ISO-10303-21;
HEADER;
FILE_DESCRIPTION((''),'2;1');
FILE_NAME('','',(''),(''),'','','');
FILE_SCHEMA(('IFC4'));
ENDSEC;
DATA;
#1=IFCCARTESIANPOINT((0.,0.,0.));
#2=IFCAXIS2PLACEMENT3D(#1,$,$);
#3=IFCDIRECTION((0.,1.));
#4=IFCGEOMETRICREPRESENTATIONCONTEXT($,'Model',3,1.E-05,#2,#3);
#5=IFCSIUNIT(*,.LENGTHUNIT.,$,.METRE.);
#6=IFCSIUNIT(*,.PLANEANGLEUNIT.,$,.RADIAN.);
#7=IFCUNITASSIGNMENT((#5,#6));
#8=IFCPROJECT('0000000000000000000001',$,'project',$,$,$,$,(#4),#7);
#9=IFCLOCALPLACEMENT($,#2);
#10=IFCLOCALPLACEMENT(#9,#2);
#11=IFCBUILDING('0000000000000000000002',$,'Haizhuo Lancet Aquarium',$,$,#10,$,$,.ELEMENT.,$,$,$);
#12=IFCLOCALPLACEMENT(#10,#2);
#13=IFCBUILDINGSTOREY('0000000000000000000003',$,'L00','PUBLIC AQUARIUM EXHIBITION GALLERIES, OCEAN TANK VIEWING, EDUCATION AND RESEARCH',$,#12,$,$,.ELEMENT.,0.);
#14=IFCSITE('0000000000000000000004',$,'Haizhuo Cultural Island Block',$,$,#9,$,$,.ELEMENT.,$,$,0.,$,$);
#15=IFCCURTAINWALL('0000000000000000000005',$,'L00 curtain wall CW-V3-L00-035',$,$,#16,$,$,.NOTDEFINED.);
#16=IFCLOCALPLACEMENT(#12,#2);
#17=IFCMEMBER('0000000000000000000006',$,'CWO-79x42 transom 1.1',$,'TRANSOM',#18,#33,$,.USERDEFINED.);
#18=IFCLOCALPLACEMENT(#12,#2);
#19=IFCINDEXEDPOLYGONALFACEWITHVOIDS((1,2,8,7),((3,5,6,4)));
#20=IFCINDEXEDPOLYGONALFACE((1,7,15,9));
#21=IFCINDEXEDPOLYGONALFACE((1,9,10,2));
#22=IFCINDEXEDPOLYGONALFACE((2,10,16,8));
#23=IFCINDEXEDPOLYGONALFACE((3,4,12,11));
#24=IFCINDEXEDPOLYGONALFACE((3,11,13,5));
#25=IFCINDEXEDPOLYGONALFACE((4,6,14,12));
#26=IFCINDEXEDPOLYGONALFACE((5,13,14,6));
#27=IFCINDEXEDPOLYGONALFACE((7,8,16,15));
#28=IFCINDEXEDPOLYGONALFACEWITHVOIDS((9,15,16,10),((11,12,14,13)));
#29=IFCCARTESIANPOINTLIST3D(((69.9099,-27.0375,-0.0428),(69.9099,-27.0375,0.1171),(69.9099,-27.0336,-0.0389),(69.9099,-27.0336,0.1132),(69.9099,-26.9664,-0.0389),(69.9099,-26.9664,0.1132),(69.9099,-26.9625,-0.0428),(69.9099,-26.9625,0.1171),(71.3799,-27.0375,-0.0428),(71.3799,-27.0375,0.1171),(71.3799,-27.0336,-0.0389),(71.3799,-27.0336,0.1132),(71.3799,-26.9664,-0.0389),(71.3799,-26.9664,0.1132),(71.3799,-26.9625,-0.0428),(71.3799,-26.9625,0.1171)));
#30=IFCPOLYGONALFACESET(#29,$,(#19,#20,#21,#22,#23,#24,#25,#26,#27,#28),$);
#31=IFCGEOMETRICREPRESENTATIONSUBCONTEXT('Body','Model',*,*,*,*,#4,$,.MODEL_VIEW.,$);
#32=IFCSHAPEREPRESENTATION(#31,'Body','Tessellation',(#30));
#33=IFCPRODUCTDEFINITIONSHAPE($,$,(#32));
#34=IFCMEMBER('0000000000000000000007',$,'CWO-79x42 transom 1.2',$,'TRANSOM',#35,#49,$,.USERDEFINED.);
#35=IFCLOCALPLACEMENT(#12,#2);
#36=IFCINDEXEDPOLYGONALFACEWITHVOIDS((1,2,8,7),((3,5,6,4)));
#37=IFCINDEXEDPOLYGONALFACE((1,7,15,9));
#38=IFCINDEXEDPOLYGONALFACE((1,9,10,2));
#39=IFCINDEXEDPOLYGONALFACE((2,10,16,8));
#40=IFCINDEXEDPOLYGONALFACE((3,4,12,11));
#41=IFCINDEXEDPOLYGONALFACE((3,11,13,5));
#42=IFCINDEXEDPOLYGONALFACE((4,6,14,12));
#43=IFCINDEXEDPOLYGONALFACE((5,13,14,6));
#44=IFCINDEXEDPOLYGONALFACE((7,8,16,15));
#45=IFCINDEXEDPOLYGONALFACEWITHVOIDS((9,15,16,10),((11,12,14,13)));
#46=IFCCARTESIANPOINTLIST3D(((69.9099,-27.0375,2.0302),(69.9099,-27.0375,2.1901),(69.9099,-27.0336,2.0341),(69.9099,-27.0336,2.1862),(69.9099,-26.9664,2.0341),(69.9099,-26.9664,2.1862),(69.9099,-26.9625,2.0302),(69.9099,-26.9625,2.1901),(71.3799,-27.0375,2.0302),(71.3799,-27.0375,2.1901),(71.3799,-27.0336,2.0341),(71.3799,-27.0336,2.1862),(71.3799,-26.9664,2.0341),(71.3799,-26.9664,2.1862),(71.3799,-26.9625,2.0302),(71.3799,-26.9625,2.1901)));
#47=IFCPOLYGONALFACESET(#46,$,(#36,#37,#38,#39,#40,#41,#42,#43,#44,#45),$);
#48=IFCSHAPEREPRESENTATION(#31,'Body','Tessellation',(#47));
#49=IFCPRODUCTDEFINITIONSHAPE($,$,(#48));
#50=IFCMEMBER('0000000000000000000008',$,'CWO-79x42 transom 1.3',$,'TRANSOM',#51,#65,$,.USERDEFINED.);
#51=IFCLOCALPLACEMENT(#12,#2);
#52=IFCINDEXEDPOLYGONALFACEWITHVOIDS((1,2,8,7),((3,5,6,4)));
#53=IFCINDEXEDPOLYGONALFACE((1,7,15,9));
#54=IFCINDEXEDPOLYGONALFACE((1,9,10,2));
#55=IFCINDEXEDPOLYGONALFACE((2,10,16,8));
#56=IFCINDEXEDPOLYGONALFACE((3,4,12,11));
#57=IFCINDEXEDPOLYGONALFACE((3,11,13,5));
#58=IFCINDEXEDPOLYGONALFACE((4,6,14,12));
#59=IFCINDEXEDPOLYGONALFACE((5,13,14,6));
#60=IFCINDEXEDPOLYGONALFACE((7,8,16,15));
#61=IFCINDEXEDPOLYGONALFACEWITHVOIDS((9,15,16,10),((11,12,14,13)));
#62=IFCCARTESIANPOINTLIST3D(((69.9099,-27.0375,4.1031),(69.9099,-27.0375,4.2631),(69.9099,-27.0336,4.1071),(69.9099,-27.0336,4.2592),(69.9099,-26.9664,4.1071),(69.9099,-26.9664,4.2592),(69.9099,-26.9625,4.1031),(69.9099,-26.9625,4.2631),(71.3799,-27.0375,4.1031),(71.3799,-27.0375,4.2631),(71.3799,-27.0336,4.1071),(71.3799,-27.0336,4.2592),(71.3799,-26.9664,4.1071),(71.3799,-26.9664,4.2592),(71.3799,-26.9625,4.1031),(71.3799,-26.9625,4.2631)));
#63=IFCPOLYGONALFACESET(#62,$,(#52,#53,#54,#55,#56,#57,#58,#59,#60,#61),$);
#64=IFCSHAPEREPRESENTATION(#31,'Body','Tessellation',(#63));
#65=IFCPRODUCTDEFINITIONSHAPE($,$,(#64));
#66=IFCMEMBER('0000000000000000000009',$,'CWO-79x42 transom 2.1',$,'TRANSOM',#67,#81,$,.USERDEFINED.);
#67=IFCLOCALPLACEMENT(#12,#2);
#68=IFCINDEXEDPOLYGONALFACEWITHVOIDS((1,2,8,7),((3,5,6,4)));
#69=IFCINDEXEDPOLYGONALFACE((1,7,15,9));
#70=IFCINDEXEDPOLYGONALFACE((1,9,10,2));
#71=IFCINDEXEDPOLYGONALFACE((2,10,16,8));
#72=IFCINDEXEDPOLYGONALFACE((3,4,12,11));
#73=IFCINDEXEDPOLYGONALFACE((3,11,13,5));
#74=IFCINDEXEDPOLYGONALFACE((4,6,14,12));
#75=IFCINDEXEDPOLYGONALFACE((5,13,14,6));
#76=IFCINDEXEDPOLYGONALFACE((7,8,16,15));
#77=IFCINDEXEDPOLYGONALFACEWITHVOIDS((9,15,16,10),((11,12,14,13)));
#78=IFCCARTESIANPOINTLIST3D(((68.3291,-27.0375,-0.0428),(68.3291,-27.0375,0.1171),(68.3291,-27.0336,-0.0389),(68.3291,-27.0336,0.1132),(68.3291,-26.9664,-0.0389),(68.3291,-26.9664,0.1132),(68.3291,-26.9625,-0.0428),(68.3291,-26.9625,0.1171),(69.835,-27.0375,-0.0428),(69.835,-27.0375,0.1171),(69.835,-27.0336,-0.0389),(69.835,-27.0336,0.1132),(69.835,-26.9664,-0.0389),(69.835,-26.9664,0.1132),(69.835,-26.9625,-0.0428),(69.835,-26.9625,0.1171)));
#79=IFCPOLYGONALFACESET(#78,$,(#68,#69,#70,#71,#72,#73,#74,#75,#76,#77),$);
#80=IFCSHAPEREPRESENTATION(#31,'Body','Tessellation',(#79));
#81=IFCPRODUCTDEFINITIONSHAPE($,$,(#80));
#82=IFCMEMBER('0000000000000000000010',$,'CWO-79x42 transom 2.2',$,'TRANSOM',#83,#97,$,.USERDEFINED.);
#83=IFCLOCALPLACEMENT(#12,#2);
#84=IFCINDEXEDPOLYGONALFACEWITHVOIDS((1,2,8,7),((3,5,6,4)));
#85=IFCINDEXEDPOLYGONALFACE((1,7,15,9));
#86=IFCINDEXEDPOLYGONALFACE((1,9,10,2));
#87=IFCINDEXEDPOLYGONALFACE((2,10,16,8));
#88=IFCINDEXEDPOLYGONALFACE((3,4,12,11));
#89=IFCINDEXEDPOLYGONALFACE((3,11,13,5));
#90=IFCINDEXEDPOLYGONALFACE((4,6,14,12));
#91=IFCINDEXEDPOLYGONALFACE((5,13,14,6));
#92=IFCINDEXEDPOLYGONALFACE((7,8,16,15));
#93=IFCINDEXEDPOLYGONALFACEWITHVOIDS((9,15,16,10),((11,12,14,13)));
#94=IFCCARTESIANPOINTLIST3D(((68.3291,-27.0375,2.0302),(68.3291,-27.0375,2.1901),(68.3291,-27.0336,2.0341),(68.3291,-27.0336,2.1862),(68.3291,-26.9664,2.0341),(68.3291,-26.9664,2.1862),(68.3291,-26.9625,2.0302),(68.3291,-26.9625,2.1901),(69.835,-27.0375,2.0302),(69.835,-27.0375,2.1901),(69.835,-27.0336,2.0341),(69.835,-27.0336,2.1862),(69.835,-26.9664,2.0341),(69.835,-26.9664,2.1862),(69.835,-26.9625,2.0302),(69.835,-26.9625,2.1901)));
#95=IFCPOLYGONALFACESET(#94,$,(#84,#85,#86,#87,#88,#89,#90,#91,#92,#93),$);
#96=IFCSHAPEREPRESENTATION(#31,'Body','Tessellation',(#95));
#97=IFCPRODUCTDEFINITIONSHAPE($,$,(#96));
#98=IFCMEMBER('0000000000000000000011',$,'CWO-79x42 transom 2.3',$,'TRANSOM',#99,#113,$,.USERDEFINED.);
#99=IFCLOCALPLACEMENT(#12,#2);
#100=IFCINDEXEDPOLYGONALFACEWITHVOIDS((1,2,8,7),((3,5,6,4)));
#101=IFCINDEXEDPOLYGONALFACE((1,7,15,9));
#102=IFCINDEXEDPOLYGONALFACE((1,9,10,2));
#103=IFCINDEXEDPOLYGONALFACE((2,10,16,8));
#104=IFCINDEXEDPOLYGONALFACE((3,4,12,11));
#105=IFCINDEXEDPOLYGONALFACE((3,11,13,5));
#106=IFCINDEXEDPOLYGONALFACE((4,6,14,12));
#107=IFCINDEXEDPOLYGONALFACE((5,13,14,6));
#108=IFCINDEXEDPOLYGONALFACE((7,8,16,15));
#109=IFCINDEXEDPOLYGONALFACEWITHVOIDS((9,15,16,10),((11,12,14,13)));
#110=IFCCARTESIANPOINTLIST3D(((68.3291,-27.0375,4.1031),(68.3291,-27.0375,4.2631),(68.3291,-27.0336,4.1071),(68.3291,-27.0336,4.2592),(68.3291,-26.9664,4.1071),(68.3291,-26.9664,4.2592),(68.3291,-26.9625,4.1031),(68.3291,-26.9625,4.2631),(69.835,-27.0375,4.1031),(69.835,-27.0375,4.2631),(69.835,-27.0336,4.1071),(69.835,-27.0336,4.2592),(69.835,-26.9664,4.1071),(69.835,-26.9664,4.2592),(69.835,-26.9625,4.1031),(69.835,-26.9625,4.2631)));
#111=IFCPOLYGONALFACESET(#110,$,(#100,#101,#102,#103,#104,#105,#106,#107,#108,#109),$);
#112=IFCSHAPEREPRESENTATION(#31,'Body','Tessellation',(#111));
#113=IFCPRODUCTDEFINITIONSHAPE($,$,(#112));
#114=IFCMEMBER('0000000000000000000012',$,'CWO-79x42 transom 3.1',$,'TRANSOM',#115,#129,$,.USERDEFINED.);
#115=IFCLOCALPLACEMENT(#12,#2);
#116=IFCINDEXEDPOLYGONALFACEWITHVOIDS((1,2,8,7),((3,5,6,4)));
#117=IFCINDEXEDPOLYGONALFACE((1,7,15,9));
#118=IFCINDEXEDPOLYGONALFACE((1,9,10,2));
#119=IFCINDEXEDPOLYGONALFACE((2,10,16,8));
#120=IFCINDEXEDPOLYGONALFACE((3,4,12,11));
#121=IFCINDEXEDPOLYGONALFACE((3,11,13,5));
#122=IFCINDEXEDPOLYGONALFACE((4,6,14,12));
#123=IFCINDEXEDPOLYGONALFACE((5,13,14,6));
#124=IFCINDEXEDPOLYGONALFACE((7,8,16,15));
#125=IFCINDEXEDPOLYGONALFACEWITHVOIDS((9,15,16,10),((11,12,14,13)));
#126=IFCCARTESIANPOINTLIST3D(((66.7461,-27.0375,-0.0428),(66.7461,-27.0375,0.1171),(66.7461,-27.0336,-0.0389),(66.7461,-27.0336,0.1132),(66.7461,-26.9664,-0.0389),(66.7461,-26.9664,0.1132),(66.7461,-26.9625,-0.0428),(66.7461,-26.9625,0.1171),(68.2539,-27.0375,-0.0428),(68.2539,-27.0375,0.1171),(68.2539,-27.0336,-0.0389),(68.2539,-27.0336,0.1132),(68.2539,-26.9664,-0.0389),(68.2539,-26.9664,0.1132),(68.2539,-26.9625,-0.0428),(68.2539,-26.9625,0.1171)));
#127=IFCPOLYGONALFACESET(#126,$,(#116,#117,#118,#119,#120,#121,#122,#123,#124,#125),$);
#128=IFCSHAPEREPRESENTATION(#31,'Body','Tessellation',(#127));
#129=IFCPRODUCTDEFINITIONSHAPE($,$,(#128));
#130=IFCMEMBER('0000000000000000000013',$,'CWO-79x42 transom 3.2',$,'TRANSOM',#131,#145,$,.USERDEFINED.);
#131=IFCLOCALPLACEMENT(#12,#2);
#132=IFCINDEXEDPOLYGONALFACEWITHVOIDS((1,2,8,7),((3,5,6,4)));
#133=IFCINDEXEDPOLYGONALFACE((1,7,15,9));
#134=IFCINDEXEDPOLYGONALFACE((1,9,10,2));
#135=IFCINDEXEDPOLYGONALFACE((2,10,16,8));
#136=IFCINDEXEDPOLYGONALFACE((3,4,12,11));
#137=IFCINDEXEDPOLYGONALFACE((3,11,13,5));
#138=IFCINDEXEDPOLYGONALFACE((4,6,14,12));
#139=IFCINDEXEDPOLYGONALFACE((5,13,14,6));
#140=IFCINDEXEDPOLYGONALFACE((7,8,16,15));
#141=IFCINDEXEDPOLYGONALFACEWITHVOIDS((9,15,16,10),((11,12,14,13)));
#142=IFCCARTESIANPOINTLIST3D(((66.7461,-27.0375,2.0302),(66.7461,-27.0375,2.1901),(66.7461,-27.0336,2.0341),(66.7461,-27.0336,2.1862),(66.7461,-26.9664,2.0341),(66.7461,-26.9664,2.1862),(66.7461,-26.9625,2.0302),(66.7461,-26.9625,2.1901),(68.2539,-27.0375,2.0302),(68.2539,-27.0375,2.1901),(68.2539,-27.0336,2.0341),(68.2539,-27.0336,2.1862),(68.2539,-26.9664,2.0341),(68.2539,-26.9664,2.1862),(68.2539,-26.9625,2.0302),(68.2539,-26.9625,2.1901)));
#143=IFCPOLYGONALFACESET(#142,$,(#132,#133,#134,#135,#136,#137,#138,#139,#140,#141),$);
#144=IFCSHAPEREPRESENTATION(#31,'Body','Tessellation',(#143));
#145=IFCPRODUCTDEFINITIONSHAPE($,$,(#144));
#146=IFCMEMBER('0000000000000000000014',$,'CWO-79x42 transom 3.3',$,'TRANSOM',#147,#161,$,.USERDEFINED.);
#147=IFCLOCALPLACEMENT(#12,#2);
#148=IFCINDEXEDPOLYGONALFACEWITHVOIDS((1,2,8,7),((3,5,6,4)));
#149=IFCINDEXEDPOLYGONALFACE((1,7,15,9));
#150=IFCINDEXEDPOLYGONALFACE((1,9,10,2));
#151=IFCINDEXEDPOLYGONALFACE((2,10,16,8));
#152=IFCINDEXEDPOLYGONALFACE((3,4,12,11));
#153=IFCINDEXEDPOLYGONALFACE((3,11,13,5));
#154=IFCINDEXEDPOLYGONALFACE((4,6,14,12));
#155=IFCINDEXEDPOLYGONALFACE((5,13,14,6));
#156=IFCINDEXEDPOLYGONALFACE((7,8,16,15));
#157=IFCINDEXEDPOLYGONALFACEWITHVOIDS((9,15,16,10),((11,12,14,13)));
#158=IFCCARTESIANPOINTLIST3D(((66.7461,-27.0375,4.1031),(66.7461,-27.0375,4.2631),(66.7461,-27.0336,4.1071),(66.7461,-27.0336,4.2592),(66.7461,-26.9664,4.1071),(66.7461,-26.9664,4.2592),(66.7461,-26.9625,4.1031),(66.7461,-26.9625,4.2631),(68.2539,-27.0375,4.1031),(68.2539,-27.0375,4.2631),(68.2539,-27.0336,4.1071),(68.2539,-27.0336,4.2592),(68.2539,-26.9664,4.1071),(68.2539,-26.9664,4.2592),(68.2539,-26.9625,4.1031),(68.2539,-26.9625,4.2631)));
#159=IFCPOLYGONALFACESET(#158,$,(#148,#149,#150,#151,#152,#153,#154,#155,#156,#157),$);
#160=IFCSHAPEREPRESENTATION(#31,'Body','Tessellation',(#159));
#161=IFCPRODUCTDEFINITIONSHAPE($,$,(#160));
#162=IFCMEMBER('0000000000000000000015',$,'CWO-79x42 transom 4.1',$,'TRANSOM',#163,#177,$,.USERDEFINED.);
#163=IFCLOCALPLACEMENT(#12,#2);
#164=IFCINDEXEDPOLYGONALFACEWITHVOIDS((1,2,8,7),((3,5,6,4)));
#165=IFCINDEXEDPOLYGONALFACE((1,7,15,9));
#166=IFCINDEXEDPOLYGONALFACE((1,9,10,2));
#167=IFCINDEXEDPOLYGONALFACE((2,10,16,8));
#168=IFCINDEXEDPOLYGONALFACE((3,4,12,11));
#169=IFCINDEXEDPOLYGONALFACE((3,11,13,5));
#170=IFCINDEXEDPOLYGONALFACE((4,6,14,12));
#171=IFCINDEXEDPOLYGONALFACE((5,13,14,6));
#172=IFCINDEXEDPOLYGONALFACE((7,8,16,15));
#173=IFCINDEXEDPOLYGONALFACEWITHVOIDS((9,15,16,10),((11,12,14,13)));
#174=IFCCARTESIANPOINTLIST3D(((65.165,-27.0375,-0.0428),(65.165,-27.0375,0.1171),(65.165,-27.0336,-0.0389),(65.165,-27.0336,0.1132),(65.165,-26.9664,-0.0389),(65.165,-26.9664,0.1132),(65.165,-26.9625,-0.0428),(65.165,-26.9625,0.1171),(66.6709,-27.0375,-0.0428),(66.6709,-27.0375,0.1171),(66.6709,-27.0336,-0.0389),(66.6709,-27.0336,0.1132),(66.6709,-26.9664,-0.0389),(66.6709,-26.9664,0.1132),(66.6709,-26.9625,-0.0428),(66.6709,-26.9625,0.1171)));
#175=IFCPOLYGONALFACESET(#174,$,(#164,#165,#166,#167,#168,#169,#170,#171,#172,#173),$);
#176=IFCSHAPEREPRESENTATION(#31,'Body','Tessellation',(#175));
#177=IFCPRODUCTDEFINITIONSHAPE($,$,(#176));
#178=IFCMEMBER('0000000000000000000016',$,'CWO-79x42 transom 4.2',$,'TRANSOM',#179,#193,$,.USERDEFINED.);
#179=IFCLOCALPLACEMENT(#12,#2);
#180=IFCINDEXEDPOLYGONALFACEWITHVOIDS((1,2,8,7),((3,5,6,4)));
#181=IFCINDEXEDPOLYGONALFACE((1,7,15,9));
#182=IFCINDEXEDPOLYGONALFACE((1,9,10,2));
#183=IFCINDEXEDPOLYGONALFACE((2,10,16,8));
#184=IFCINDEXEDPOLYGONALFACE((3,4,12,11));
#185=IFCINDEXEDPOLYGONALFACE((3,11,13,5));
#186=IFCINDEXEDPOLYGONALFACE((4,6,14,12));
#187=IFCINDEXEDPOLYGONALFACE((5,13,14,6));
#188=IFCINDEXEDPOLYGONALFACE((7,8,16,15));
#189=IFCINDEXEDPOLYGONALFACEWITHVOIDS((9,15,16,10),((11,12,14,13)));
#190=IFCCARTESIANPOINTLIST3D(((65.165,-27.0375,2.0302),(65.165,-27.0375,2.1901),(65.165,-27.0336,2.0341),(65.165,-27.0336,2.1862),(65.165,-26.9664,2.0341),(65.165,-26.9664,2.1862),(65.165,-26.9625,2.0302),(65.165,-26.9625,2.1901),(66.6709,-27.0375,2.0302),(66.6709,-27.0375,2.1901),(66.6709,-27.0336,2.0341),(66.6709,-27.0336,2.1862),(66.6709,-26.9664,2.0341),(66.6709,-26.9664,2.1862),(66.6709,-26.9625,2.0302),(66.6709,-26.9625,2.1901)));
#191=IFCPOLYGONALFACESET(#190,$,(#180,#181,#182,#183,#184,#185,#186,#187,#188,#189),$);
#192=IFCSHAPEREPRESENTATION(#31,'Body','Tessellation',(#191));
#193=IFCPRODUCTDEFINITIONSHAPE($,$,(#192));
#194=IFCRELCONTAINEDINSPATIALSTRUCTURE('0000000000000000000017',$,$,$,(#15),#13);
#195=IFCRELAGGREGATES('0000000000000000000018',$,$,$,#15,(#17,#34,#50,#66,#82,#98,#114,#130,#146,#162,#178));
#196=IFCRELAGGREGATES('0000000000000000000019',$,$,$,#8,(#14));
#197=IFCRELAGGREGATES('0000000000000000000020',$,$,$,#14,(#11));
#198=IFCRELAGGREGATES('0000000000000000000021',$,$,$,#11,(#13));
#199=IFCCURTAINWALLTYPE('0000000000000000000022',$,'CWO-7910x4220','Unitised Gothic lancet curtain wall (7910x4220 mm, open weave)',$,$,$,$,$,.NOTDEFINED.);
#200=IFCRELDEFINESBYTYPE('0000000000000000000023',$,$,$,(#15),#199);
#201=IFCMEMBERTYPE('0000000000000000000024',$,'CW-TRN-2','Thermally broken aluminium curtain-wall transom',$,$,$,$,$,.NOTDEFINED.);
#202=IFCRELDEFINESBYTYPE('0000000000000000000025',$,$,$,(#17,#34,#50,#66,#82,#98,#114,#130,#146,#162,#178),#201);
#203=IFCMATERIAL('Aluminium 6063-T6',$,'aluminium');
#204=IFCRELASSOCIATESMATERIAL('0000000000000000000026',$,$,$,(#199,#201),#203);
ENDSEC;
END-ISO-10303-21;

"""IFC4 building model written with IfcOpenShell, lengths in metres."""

from ifc_helpers import new_model, si_unit, direction, frame, origin, origin_2d, place, context, subcontext, project, spatial, hollow_rectangle, extrude, material, material_profile, profile_set, type_object, element, aggregate, save


model = new_model("IFC4")

# Units and contexts
model_context = context("Model", 3, precision=1e-05, world=origin(), true_north=direction((0.0, 1.0)))
body_context = subcontext(model_context, "Body", "Model", "MODEL_VIEW")
ifc_project = project(units=[si_unit("LENGTHUNIT", "METRE"), si_unit("PLANEANGLEUNIT", "RADIAN")], contexts=[model_context])

# Site, building, storey
site_placement = place(None, origin())
site = spatial("IfcSite", under=ifc_project, at=site_placement, Name="Haizhuo Cultural Island Block", CompositionType="ELEMENT", RefElevation=0.0)
building_placement = place(site_placement, origin())
building = spatial("IfcBuilding", under=site, at=building_placement, Name="Haizhuo Lancet Aquarium", CompositionType="ELEMENT")
storey_placement = place(building_placement, origin())
storey = spatial("IfcBuildingStorey", under=building, at=storey_placement, Name="L00", Description="PUBLIC AQUARIUM EXHIBITION GALLERIES, OCEAN TANK VIEWING, EDUCATION AND RESEARCH", CompositionType="ELEMENT", Elevation=0.0)

# Shared definitions
ifc_material_1 = material(Name="Aluminium 6063-T6", Category="aluminium")

# Curtain wall
curtain_wall_type_1 = type_object("IfcCurtainWallType", Name="CWO-7910x4220", Description="Unitised Gothic lancet curtain wall (7910x4220 mm, open weave)", PredefinedType="NOTDEFINED", material=ifc_material_1)
curtain_wall_1_placement = place(storey_placement, origin())
curtain_wall_1 = element("IfcCurtainWall", 1, at=curtain_wall_1_placement, inside=storey, type_object=curtain_wall_type_1, Name="L00 curtain wall CW-V3-L00-035", PredefinedType="NOTDEFINED")

# Members
ifc_material_profile_1 = material_profile(ifc_material_1, hollow_rectangle(XDim=0.075, YDim=0.1599, WallThickness=0.0039, at=origin_2d()), Name="ALU-T 75x160x4")
ifc_profile_set_1 = profile_set([ifc_material_profile_1], Name="Aluminium 6063-T6")
member_type_1 = type_object("IfcMemberType", Name="CW-TRN-2", Description="Thermally broken aluminium curtain-wall transom", PredefinedType="NOTDEFINED", material=ifc_profile_set_1)
member_1_placement = place(storey_placement, frame((71.3799, -27.0, 0.0371), z_axis=(-1.0, 0.0, 0.0), x_axis=(0.0, -1.0, 0.0)))
member_1 = element("IfcMember", 2, at=member_1_placement, type_object=member_type_1, Name="CWO-79x42 transom 1.1", ObjectType="TRANSOM", PredefinedType="USERDEFINED", context=body_context, shape_type="SweptSolid", body=[
    extrude(hollow_rectangle(XDim=0.075, YDim=0.1599, WallThickness=0.0039, at=origin_2d()), origin(), (0.0, 0.0, 1.0), 1.47),
])
member_2_placement = place(storey_placement, frame((71.3799, -27.0, 2.1101), z_axis=(-1.0, 0.0, 0.0), x_axis=(0.0, -1.0, 0.0)))
member_2 = element("IfcMember", 3, at=member_2_placement, type_object=member_type_1, Name="CWO-79x42 transom 1.2", ObjectType="TRANSOM", PredefinedType="USERDEFINED", context=body_context, shape_type="SweptSolid", body=[
    extrude(hollow_rectangle(XDim=0.075, YDim=0.1599, WallThickness=0.0039, at=origin_2d()), origin(), (0.0, 0.0, 1.0), 1.47),
])
member_3_placement = place(storey_placement, frame((71.3799, -27.0, 4.1831), z_axis=(-1.0, 0.0, 0.0), x_axis=(0.0, -1.0, 0.0)))
member_3 = element("IfcMember", 4, at=member_3_placement, type_object=member_type_1, Name="CWO-79x42 transom 1.3", ObjectType="TRANSOM", PredefinedType="USERDEFINED", context=body_context, shape_type="SweptSolid", body=[
    extrude(hollow_rectangle(XDim=0.075, YDim=0.1599, WallThickness=0.0039, at=origin_2d()), origin(), (0.0, 0.0, 1.0), 1.47),
])
member_4_placement = place(storey_placement, frame((69.835, -27.0, 0.0371), z_axis=(-1.0, 0.0, 0.0), x_axis=(0.0, -1.0, 0.0)))
member_4 = element("IfcMember", 5, at=member_4_placement, type_object=member_type_1, Name="CWO-79x42 transom 2.1", ObjectType="TRANSOM", PredefinedType="USERDEFINED", context=body_context, shape_type="SweptSolid", body=[
    extrude(hollow_rectangle(XDim=0.075, YDim=0.1599, WallThickness=0.0039, at=origin_2d()), origin(), (0.0, 0.0, 1.0), 1.5059),
])
member_5_placement = place(storey_placement, frame((69.835, -27.0, 2.1101), z_axis=(-1.0, 0.0, 0.0), x_axis=(0.0, -1.0, 0.0)))
member_5 = element("IfcMember", 6, at=member_5_placement, type_object=member_type_1, Name="CWO-79x42 transom 2.2", ObjectType="TRANSOM", PredefinedType="USERDEFINED", context=body_context, shape_type="SweptSolid", body=[
    extrude(hollow_rectangle(XDim=0.075, YDim=0.1599, WallThickness=0.0039, at=origin_2d()), origin(), (0.0, 0.0, 1.0), 1.5059),
])
member_6_placement = place(storey_placement, frame((69.835, -27.0, 4.1831), z_axis=(-1.0, 0.0, 0.0), x_axis=(0.0, -1.0, 0.0)))
member_6 = element("IfcMember", 7, at=member_6_placement, type_object=member_type_1, Name="CWO-79x42 transom 2.3", ObjectType="TRANSOM", PredefinedType="USERDEFINED", context=body_context, shape_type="SweptSolid", body=[
    extrude(hollow_rectangle(XDim=0.075, YDim=0.1599, WallThickness=0.0039, at=origin_2d()), origin(), (0.0, 0.0, 1.0), 1.5059),
])
member_7_placement = place(storey_placement, frame((68.2539, -27.0, 0.0371), z_axis=(-1.0, 0.0, 0.0), x_axis=(0.0, -1.0, 0.0)))
member_7 = element("IfcMember", 8, at=member_7_placement, type_object=member_type_1, Name="CWO-79x42 transom 3.1", ObjectType="TRANSOM", PredefinedType="USERDEFINED", context=body_context, shape_type="SweptSolid", body=[
    extrude(hollow_rectangle(XDim=0.075, YDim=0.1599, WallThickness=0.0039, at=origin_2d()), origin(), (0.0, 0.0, 1.0), 1.5078),
])
member_8_placement = place(storey_placement, frame((68.2539, -27.0, 2.1101), z_axis=(-1.0, 0.0, 0.0), x_axis=(0.0, -1.0, 0.0)))
member_8 = element("IfcMember", 9, at=member_8_placement, type_object=member_type_1, Name="CWO-79x42 transom 3.2", ObjectType="TRANSOM", PredefinedType="USERDEFINED", context=body_context, shape_type="SweptSolid", body=[
    extrude(hollow_rectangle(XDim=0.075, YDim=0.1599, WallThickness=0.0039, at=origin_2d()), origin(), (0.0, 0.0, 1.0), 1.5078),
])
member_9_placement = place(storey_placement, frame((68.2539, -27.0, 4.1831), z_axis=(-1.0, 0.0, 0.0), x_axis=(0.0, -1.0, 0.0)))
member_9 = element("IfcMember", 10, at=member_9_placement, type_object=member_type_1, Name="CWO-79x42 transom 3.3", ObjectType="TRANSOM", PredefinedType="USERDEFINED", context=body_context, shape_type="SweptSolid", body=[
    extrude(hollow_rectangle(XDim=0.075, YDim=0.1599, WallThickness=0.0039, at=origin_2d()), origin(), (0.0, 0.0, 1.0), 1.5078),
])
member_10_placement = place(storey_placement, frame((66.6709, -27.0, 0.0371), z_axis=(-1.0, 0.0, 0.0), x_axis=(0.0, -1.0, 0.0)))
member_10 = element("IfcMember", 11, at=member_10_placement, type_object=member_type_1, Name="CWO-79x42 transom 4.1", ObjectType="TRANSOM", PredefinedType="USERDEFINED", context=body_context, shape_type="SweptSolid", body=[
    extrude(hollow_rectangle(XDim=0.075, YDim=0.1599, WallThickness=0.0039, at=origin_2d()), origin(), (0.0, 0.0, 1.0), 1.5059),
])
member_11_placement = place(storey_placement, frame((66.6709, -27.0, 2.1101), z_axis=(-1.0, 0.0, 0.0), x_axis=(0.0, -1.0, 0.0)))
member_11 = element("IfcMember", 12, at=member_11_placement, type_object=member_type_1, Name="CWO-79x42 transom 4.2", ObjectType="TRANSOM", PredefinedType="USERDEFINED", context=body_context, shape_type="SweptSolid", body=[
    extrude(hollow_rectangle(XDim=0.075, YDim=0.1599, WallThickness=0.0039, at=origin_2d()), origin(), (0.0, 0.0, 1.0), 1.5059),
])

aggregate(curtain_wall_1, [member_1, member_2, member_3, member_4, member_5, member_6, member_7, member_8, member_9, member_10, member_11])

save(model, "model.ifc")
